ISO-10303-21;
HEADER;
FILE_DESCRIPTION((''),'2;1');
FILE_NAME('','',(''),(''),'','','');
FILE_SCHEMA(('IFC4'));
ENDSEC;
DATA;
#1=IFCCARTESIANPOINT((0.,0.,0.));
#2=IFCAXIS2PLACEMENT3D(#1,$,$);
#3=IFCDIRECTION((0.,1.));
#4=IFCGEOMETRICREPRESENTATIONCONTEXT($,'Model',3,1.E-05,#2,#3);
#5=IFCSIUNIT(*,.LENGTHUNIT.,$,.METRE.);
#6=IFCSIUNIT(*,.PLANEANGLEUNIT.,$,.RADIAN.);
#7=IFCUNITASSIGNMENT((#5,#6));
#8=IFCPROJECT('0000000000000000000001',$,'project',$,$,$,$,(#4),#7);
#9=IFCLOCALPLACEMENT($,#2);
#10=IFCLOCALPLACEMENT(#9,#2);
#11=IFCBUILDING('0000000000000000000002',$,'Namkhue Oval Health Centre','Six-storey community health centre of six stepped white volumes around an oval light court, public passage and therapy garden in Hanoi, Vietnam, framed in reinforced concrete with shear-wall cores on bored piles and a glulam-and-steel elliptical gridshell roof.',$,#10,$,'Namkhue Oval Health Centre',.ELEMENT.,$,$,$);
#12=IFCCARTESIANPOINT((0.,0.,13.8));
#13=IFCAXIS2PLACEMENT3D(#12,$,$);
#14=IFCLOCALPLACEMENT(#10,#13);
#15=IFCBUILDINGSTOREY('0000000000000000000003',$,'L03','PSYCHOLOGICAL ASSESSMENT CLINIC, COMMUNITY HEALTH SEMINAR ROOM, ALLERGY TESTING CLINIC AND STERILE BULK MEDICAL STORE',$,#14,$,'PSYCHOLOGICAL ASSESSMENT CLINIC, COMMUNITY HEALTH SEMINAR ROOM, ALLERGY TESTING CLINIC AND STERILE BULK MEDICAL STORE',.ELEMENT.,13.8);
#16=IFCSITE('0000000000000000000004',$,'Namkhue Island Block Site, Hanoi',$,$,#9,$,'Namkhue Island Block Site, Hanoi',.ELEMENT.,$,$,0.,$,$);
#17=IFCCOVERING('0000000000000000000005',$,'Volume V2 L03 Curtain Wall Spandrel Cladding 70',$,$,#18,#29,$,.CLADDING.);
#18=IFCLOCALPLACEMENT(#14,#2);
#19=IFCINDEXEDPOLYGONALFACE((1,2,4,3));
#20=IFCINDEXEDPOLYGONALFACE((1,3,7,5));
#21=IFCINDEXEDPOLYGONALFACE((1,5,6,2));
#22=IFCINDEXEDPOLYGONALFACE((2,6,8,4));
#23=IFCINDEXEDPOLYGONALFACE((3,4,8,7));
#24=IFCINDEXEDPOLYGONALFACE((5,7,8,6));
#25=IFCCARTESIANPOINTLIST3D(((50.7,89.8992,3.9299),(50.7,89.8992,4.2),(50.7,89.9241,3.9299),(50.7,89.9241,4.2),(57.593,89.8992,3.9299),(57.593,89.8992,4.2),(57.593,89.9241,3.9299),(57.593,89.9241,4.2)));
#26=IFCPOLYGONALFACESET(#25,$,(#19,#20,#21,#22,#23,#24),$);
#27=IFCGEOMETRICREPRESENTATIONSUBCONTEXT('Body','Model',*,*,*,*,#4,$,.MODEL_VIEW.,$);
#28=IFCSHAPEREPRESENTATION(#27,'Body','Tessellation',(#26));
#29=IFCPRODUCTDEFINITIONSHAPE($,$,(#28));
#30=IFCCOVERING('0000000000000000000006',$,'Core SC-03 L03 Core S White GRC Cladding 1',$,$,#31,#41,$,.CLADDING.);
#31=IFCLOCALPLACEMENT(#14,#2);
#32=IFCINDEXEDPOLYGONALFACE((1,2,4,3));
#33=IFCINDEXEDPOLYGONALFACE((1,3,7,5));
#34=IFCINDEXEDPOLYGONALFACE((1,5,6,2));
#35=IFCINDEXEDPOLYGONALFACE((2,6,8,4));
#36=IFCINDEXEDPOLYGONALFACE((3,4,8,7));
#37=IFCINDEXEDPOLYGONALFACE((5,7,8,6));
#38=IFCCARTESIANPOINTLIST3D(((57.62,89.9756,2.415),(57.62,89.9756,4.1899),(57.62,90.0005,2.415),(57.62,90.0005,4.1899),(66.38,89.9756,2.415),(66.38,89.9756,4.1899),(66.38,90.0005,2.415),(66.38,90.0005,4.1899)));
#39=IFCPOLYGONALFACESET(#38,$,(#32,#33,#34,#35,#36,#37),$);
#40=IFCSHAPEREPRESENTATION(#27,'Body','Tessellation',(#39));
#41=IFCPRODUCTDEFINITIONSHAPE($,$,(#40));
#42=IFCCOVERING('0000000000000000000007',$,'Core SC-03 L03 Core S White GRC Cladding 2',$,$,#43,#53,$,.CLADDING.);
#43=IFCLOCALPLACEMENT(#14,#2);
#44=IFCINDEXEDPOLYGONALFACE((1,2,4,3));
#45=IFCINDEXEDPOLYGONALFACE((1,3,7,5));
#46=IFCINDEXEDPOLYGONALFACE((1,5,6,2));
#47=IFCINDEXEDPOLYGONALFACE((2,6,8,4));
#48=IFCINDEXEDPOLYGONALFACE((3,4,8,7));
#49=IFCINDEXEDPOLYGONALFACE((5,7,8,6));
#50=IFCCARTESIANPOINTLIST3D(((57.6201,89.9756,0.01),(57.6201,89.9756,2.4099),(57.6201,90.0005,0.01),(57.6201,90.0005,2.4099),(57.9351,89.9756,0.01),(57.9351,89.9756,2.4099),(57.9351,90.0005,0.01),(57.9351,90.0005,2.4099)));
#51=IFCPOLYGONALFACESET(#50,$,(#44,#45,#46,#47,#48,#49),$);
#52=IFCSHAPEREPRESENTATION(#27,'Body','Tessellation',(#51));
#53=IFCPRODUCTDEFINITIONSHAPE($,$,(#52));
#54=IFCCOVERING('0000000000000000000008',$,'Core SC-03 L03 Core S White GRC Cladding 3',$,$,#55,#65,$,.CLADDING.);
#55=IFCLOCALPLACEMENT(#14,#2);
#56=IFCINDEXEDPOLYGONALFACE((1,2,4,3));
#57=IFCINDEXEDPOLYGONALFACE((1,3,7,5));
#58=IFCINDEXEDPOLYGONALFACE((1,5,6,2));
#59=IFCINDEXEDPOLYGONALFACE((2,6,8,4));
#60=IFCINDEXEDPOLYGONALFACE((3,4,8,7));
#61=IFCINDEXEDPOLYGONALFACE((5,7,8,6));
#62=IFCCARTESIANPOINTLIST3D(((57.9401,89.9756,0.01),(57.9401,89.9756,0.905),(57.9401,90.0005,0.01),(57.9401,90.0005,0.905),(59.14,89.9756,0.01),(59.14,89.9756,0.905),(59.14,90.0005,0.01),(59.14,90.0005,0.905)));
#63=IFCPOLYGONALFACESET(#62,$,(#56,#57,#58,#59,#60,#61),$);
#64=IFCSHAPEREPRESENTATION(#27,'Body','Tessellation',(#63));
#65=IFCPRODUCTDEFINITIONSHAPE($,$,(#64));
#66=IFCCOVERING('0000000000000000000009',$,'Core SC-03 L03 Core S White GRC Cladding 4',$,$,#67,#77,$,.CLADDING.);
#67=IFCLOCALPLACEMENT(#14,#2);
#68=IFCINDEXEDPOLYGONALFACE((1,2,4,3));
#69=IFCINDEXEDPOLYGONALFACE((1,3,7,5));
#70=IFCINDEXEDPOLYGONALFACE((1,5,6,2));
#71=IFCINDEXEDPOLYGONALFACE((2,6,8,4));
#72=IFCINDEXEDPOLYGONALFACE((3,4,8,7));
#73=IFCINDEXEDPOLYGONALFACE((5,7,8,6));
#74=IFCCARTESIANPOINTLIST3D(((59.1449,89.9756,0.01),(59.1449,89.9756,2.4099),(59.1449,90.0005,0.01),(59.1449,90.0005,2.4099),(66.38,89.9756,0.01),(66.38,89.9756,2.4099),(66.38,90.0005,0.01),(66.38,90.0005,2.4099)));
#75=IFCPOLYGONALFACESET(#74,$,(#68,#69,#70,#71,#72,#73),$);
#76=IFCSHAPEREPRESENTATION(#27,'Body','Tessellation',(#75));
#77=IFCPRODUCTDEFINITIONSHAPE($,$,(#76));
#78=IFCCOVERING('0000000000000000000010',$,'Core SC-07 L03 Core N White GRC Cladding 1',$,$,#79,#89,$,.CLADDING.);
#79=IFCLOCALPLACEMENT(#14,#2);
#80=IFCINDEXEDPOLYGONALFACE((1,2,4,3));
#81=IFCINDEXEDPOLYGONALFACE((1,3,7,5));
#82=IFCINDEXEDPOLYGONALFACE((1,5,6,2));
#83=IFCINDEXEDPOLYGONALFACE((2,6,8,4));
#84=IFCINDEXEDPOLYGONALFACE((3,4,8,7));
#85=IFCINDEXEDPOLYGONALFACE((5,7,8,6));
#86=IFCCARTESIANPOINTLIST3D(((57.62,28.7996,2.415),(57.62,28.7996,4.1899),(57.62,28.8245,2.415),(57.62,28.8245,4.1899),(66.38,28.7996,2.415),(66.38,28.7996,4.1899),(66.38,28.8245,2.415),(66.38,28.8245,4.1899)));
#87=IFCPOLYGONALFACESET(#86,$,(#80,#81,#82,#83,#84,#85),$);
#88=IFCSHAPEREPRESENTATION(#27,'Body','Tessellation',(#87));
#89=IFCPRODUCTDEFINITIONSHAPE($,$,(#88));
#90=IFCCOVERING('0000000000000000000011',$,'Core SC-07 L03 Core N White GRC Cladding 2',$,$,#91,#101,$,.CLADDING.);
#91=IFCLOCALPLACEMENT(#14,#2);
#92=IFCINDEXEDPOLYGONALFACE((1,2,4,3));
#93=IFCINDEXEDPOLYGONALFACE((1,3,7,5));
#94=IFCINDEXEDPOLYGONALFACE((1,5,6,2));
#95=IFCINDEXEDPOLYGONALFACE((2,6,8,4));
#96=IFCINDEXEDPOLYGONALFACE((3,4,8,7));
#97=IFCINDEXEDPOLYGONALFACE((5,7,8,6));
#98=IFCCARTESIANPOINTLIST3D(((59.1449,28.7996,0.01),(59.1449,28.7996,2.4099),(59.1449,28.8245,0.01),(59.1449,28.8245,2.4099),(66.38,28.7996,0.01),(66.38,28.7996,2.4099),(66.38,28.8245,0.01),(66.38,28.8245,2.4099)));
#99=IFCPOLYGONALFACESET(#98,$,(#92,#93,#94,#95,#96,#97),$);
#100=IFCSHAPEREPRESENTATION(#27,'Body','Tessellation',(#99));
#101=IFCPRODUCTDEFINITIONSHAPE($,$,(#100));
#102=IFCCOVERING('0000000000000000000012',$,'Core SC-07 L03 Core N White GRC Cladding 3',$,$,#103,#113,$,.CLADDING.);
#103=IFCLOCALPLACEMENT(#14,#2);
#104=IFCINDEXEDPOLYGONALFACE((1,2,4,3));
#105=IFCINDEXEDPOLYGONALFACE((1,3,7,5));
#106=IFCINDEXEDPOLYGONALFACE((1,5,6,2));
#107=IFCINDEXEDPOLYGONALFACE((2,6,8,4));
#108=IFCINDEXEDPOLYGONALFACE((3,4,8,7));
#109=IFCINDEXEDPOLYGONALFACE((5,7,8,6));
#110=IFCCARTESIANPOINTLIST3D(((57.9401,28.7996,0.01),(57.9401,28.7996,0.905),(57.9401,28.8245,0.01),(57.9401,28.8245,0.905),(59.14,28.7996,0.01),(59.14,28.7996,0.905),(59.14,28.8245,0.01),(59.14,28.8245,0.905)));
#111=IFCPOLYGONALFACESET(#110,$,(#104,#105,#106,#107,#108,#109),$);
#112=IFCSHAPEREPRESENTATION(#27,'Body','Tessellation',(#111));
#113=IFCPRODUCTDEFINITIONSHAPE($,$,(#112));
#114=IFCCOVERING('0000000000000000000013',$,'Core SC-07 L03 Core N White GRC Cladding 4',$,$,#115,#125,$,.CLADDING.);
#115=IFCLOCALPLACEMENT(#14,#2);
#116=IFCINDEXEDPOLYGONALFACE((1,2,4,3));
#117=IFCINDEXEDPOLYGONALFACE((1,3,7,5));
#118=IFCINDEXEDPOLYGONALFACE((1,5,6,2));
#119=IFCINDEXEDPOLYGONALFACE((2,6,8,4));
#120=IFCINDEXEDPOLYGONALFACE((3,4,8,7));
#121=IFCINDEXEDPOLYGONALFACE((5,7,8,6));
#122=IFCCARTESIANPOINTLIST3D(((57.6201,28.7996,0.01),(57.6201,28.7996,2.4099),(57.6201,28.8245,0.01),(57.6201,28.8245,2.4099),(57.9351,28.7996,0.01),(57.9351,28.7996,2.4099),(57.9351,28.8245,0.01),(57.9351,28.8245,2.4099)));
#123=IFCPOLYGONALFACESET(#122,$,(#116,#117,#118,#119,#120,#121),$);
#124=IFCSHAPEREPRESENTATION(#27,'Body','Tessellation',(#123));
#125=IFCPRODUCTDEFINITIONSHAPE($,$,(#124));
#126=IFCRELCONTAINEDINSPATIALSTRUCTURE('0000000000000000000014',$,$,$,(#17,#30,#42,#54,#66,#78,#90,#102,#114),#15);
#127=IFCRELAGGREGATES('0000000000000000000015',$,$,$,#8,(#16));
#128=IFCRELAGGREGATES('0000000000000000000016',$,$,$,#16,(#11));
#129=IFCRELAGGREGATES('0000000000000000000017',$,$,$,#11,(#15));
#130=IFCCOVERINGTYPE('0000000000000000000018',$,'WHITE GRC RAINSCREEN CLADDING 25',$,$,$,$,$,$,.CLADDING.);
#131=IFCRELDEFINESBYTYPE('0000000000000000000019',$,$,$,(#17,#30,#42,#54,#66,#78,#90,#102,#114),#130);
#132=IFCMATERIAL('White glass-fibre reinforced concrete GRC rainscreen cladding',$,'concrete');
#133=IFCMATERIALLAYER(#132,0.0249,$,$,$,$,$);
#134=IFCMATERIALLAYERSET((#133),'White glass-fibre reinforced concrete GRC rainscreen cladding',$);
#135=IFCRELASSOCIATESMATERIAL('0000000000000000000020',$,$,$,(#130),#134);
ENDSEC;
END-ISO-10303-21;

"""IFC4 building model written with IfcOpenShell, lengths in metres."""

from ifc_helpers import new_model, si_unit, direction, frame, origin, origin_2d, place, context, subcontext, project, spatial, rectangle, extrude, material, layer, layer_set, type_object, element, save


model = new_model("IFC4")

# Units and contexts
model_context = context("Model", 3, precision=1e-05, world=origin(), true_north=direction((0.0, 1.0)))
body_context = subcontext(model_context, "Body", "Model", "MODEL_VIEW")
ifc_project = project(units=[si_unit("LENGTHUNIT", "METRE"), si_unit("PLANEANGLEUNIT", "RADIAN")], contexts=[model_context])

# Site, building, storey
site_placement = place(None, origin())
site = spatial("IfcSite", under=ifc_project, at=site_placement, Name="Namkhue Island Block Site, Hanoi", LongName="Namkhue Island Block Site, Hanoi", CompositionType="ELEMENT", RefElevation=0.0)
building_placement = place(site_placement, origin())
building = spatial("IfcBuilding", under=site, at=building_placement, Name="Namkhue Oval Health Centre", Description="Six-storey community health centre of six stepped white volumes around an oval light court, public passage and therapy garden in Hanoi, Vietnam, framed in reinforced concrete with shear-wall cores on bored piles and a glulam-and-steel elliptical gridshell roof.", LongName="Namkhue Oval Health Centre", CompositionType="ELEMENT")
storey_placement = place(building_placement, frame((0.0, 0.0, 13.8)))
storey = spatial("IfcBuildingStorey", under=building, at=storey_placement, Name="L03", Description="PSYCHOLOGICAL ASSESSMENT CLINIC, COMMUNITY HEALTH SEMINAR ROOM, ALLERGY TESTING CLINIC AND STERILE BULK MEDICAL STORE", LongName="PSYCHOLOGICAL ASSESSMENT CLINIC, COMMUNITY HEALTH SEMINAR ROOM, ALLERGY TESTING CLINIC AND STERILE BULK MEDICAL STORE", CompositionType="ELEMENT", Elevation=13.8)

# Coverings
ifc_material_1 = material(Name="White glass-fibre reinforced concrete GRC rainscreen cladding", Category="concrete")
ifc_layer_1 = layer(ifc_material_1, 0.0249)
ifc_layer_set_1 = layer_set([ifc_layer_1], Name="White glass-fibre reinforced concrete GRC rainscreen cladding")
covering_type = type_object("IfcCoveringType", Name="WHITE GRC RAINSCREEN CLADDING 25", PredefinedType="CLADDING", material=ifc_layer_set_1)
covering_1_placement = place(storey_placement, frame((54.1465, 89.9116, 3.9299), z_axis=(0.0, 0.0, 1.0), x_axis=(1.0, 0.0, 0.0)))
element("IfcCovering", 1, at=covering_1_placement, inside=storey, type_object=covering_type, Name="Volume V2 L03 Curtain Wall Spandrel Cladding 70", PredefinedType="CLADDING", context=body_context, shape_type="SweptSolid", body=[
    extrude(rectangle(XDim=6.8931, YDim=0.0249, at=origin_2d()), origin(), (0.0, 0.0, 1.0), 0.27),
])
covering_2_placement = place(storey_placement, frame((62.0, 89.988, 2.415), z_axis=(0.0, 0.0, 1.0), x_axis=(1.0, 0.0, 0.0)))
element("IfcCovering", 2, at=covering_2_placement, inside=storey, type_object=covering_type, Name="Core SC-03 L03 Core S White GRC Cladding 1", PredefinedType="CLADDING", context=body_context, shape_type="SweptSolid", body=[
    extrude(rectangle(XDim=8.76, YDim=0.0249, at=origin_2d()), origin(), (0.0, 0.0, 1.0), 1.7749),
])
covering_3_placement = place(storey_placement, frame((57.7776, 89.988, 0.01), z_axis=(0.0, 0.0, 1.0), x_axis=(1.0, 0.0, 0.0)))
element("IfcCovering", 3, at=covering_3_placement, inside=storey, type_object=covering_type, Name="Core SC-03 L03 Core S White GRC Cladding 2", PredefinedType="CLADDING", context=body_context, shape_type="SweptSolid", body=[
    extrude(rectangle(XDim=0.3149, YDim=0.0249, at=origin_2d()), origin(), (0.0, 0.0, 1.0), 2.3999),
])
covering_4_placement = place(storey_placement, frame((58.54, 89.988, 0.01), z_axis=(0.0, 0.0, 1.0), x_axis=(1.0, 0.0, 0.0)))
element("IfcCovering", 4, at=covering_4_placement, inside=storey, type_object=covering_type, Name="Core SC-03 L03 Core S White GRC Cladding 3", PredefinedType="CLADDING", context=body_context, shape_type="SweptSolid", body=[
    extrude(rectangle(XDim=1.2, YDim=0.0249, at=origin_2d()), origin(), (0.0, 0.0, 1.0), 0.895),
])
covering_5_placement = place(storey_placement, frame((62.7625, 89.988, 0.01), z_axis=(0.0, 0.0, 1.0), x_axis=(1.0, 0.0, 0.0)))
element("IfcCovering", 5, at=covering_5_placement, inside=storey, type_object=covering_type, Name="Core SC-03 L03 Core S White GRC Cladding 4", PredefinedType="CLADDING", context=body_context, shape_type="SweptSolid", body=[
    extrude(rectangle(XDim=7.2351, YDim=0.0249, at=origin_2d()), origin(), (0.0, 0.0, 1.0), 2.3999),
])
covering_6_placement = place(storey_placement, frame((62.0, 28.812, 2.415), z_axis=(0.0, 0.0, 1.0), x_axis=(-1.0, 0.0, 0.0)))
element("IfcCovering", 6, at=covering_6_placement, inside=storey, type_object=covering_type, Name="Core SC-07 L03 Core N White GRC Cladding 1", PredefinedType="CLADDING", context=body_context, shape_type="SweptSolid", body=[
    extrude(rectangle(XDim=8.76, YDim=0.0249, at=origin_2d()), origin(), (0.0, 0.0, 1.0), 1.7749),
])
covering_7_placement = place(storey_placement, frame((62.7625, 28.812, 0.01), z_axis=(0.0, 0.0, 1.0), x_axis=(-1.0, 0.0, 0.0)))
element("IfcCovering", 7, at=covering_7_placement, inside=storey, type_object=covering_type, Name="Core SC-07 L03 Core N White GRC Cladding 2", PredefinedType="CLADDING", context=body_context, shape_type="SweptSolid", body=[
    extrude(rectangle(XDim=7.2351, YDim=0.0249, at=origin_2d()), origin(), (0.0, 0.0, 1.0), 2.3999),
])
covering_8_placement = place(storey_placement, frame((58.54, 28.812, 0.01), z_axis=(0.0, 0.0, 1.0), x_axis=(-1.0, 0.0, 0.0)))
element("IfcCovering", 8, at=covering_8_placement, inside=storey, type_object=covering_type, Name="Core SC-07 L03 Core N White GRC Cladding 3", PredefinedType="CLADDING", context=body_context, shape_type="SweptSolid", body=[
    extrude(rectangle(XDim=1.2, YDim=0.0249, at=origin_2d()), origin(), (0.0, 0.0, 1.0), 0.895),
])
covering_9_placement = place(storey_placement, frame((57.7776, 28.812, 0.01), z_axis=(0.0, 0.0, 1.0), x_axis=(-1.0, 0.0, 0.0)))
element("IfcCovering", 9, at=covering_9_placement, inside=storey, type_object=covering_type, Name="Core SC-07 L03 Core N White GRC Cladding 4", PredefinedType="CLADDING", context=body_context, shape_type="SweptSolid", body=[
    extrude(rectangle(XDim=0.3149, YDim=0.0249, at=origin_2d()), origin(), (0.0, 0.0, 1.0), 2.3999),
])

save(model, "model.ifc")
